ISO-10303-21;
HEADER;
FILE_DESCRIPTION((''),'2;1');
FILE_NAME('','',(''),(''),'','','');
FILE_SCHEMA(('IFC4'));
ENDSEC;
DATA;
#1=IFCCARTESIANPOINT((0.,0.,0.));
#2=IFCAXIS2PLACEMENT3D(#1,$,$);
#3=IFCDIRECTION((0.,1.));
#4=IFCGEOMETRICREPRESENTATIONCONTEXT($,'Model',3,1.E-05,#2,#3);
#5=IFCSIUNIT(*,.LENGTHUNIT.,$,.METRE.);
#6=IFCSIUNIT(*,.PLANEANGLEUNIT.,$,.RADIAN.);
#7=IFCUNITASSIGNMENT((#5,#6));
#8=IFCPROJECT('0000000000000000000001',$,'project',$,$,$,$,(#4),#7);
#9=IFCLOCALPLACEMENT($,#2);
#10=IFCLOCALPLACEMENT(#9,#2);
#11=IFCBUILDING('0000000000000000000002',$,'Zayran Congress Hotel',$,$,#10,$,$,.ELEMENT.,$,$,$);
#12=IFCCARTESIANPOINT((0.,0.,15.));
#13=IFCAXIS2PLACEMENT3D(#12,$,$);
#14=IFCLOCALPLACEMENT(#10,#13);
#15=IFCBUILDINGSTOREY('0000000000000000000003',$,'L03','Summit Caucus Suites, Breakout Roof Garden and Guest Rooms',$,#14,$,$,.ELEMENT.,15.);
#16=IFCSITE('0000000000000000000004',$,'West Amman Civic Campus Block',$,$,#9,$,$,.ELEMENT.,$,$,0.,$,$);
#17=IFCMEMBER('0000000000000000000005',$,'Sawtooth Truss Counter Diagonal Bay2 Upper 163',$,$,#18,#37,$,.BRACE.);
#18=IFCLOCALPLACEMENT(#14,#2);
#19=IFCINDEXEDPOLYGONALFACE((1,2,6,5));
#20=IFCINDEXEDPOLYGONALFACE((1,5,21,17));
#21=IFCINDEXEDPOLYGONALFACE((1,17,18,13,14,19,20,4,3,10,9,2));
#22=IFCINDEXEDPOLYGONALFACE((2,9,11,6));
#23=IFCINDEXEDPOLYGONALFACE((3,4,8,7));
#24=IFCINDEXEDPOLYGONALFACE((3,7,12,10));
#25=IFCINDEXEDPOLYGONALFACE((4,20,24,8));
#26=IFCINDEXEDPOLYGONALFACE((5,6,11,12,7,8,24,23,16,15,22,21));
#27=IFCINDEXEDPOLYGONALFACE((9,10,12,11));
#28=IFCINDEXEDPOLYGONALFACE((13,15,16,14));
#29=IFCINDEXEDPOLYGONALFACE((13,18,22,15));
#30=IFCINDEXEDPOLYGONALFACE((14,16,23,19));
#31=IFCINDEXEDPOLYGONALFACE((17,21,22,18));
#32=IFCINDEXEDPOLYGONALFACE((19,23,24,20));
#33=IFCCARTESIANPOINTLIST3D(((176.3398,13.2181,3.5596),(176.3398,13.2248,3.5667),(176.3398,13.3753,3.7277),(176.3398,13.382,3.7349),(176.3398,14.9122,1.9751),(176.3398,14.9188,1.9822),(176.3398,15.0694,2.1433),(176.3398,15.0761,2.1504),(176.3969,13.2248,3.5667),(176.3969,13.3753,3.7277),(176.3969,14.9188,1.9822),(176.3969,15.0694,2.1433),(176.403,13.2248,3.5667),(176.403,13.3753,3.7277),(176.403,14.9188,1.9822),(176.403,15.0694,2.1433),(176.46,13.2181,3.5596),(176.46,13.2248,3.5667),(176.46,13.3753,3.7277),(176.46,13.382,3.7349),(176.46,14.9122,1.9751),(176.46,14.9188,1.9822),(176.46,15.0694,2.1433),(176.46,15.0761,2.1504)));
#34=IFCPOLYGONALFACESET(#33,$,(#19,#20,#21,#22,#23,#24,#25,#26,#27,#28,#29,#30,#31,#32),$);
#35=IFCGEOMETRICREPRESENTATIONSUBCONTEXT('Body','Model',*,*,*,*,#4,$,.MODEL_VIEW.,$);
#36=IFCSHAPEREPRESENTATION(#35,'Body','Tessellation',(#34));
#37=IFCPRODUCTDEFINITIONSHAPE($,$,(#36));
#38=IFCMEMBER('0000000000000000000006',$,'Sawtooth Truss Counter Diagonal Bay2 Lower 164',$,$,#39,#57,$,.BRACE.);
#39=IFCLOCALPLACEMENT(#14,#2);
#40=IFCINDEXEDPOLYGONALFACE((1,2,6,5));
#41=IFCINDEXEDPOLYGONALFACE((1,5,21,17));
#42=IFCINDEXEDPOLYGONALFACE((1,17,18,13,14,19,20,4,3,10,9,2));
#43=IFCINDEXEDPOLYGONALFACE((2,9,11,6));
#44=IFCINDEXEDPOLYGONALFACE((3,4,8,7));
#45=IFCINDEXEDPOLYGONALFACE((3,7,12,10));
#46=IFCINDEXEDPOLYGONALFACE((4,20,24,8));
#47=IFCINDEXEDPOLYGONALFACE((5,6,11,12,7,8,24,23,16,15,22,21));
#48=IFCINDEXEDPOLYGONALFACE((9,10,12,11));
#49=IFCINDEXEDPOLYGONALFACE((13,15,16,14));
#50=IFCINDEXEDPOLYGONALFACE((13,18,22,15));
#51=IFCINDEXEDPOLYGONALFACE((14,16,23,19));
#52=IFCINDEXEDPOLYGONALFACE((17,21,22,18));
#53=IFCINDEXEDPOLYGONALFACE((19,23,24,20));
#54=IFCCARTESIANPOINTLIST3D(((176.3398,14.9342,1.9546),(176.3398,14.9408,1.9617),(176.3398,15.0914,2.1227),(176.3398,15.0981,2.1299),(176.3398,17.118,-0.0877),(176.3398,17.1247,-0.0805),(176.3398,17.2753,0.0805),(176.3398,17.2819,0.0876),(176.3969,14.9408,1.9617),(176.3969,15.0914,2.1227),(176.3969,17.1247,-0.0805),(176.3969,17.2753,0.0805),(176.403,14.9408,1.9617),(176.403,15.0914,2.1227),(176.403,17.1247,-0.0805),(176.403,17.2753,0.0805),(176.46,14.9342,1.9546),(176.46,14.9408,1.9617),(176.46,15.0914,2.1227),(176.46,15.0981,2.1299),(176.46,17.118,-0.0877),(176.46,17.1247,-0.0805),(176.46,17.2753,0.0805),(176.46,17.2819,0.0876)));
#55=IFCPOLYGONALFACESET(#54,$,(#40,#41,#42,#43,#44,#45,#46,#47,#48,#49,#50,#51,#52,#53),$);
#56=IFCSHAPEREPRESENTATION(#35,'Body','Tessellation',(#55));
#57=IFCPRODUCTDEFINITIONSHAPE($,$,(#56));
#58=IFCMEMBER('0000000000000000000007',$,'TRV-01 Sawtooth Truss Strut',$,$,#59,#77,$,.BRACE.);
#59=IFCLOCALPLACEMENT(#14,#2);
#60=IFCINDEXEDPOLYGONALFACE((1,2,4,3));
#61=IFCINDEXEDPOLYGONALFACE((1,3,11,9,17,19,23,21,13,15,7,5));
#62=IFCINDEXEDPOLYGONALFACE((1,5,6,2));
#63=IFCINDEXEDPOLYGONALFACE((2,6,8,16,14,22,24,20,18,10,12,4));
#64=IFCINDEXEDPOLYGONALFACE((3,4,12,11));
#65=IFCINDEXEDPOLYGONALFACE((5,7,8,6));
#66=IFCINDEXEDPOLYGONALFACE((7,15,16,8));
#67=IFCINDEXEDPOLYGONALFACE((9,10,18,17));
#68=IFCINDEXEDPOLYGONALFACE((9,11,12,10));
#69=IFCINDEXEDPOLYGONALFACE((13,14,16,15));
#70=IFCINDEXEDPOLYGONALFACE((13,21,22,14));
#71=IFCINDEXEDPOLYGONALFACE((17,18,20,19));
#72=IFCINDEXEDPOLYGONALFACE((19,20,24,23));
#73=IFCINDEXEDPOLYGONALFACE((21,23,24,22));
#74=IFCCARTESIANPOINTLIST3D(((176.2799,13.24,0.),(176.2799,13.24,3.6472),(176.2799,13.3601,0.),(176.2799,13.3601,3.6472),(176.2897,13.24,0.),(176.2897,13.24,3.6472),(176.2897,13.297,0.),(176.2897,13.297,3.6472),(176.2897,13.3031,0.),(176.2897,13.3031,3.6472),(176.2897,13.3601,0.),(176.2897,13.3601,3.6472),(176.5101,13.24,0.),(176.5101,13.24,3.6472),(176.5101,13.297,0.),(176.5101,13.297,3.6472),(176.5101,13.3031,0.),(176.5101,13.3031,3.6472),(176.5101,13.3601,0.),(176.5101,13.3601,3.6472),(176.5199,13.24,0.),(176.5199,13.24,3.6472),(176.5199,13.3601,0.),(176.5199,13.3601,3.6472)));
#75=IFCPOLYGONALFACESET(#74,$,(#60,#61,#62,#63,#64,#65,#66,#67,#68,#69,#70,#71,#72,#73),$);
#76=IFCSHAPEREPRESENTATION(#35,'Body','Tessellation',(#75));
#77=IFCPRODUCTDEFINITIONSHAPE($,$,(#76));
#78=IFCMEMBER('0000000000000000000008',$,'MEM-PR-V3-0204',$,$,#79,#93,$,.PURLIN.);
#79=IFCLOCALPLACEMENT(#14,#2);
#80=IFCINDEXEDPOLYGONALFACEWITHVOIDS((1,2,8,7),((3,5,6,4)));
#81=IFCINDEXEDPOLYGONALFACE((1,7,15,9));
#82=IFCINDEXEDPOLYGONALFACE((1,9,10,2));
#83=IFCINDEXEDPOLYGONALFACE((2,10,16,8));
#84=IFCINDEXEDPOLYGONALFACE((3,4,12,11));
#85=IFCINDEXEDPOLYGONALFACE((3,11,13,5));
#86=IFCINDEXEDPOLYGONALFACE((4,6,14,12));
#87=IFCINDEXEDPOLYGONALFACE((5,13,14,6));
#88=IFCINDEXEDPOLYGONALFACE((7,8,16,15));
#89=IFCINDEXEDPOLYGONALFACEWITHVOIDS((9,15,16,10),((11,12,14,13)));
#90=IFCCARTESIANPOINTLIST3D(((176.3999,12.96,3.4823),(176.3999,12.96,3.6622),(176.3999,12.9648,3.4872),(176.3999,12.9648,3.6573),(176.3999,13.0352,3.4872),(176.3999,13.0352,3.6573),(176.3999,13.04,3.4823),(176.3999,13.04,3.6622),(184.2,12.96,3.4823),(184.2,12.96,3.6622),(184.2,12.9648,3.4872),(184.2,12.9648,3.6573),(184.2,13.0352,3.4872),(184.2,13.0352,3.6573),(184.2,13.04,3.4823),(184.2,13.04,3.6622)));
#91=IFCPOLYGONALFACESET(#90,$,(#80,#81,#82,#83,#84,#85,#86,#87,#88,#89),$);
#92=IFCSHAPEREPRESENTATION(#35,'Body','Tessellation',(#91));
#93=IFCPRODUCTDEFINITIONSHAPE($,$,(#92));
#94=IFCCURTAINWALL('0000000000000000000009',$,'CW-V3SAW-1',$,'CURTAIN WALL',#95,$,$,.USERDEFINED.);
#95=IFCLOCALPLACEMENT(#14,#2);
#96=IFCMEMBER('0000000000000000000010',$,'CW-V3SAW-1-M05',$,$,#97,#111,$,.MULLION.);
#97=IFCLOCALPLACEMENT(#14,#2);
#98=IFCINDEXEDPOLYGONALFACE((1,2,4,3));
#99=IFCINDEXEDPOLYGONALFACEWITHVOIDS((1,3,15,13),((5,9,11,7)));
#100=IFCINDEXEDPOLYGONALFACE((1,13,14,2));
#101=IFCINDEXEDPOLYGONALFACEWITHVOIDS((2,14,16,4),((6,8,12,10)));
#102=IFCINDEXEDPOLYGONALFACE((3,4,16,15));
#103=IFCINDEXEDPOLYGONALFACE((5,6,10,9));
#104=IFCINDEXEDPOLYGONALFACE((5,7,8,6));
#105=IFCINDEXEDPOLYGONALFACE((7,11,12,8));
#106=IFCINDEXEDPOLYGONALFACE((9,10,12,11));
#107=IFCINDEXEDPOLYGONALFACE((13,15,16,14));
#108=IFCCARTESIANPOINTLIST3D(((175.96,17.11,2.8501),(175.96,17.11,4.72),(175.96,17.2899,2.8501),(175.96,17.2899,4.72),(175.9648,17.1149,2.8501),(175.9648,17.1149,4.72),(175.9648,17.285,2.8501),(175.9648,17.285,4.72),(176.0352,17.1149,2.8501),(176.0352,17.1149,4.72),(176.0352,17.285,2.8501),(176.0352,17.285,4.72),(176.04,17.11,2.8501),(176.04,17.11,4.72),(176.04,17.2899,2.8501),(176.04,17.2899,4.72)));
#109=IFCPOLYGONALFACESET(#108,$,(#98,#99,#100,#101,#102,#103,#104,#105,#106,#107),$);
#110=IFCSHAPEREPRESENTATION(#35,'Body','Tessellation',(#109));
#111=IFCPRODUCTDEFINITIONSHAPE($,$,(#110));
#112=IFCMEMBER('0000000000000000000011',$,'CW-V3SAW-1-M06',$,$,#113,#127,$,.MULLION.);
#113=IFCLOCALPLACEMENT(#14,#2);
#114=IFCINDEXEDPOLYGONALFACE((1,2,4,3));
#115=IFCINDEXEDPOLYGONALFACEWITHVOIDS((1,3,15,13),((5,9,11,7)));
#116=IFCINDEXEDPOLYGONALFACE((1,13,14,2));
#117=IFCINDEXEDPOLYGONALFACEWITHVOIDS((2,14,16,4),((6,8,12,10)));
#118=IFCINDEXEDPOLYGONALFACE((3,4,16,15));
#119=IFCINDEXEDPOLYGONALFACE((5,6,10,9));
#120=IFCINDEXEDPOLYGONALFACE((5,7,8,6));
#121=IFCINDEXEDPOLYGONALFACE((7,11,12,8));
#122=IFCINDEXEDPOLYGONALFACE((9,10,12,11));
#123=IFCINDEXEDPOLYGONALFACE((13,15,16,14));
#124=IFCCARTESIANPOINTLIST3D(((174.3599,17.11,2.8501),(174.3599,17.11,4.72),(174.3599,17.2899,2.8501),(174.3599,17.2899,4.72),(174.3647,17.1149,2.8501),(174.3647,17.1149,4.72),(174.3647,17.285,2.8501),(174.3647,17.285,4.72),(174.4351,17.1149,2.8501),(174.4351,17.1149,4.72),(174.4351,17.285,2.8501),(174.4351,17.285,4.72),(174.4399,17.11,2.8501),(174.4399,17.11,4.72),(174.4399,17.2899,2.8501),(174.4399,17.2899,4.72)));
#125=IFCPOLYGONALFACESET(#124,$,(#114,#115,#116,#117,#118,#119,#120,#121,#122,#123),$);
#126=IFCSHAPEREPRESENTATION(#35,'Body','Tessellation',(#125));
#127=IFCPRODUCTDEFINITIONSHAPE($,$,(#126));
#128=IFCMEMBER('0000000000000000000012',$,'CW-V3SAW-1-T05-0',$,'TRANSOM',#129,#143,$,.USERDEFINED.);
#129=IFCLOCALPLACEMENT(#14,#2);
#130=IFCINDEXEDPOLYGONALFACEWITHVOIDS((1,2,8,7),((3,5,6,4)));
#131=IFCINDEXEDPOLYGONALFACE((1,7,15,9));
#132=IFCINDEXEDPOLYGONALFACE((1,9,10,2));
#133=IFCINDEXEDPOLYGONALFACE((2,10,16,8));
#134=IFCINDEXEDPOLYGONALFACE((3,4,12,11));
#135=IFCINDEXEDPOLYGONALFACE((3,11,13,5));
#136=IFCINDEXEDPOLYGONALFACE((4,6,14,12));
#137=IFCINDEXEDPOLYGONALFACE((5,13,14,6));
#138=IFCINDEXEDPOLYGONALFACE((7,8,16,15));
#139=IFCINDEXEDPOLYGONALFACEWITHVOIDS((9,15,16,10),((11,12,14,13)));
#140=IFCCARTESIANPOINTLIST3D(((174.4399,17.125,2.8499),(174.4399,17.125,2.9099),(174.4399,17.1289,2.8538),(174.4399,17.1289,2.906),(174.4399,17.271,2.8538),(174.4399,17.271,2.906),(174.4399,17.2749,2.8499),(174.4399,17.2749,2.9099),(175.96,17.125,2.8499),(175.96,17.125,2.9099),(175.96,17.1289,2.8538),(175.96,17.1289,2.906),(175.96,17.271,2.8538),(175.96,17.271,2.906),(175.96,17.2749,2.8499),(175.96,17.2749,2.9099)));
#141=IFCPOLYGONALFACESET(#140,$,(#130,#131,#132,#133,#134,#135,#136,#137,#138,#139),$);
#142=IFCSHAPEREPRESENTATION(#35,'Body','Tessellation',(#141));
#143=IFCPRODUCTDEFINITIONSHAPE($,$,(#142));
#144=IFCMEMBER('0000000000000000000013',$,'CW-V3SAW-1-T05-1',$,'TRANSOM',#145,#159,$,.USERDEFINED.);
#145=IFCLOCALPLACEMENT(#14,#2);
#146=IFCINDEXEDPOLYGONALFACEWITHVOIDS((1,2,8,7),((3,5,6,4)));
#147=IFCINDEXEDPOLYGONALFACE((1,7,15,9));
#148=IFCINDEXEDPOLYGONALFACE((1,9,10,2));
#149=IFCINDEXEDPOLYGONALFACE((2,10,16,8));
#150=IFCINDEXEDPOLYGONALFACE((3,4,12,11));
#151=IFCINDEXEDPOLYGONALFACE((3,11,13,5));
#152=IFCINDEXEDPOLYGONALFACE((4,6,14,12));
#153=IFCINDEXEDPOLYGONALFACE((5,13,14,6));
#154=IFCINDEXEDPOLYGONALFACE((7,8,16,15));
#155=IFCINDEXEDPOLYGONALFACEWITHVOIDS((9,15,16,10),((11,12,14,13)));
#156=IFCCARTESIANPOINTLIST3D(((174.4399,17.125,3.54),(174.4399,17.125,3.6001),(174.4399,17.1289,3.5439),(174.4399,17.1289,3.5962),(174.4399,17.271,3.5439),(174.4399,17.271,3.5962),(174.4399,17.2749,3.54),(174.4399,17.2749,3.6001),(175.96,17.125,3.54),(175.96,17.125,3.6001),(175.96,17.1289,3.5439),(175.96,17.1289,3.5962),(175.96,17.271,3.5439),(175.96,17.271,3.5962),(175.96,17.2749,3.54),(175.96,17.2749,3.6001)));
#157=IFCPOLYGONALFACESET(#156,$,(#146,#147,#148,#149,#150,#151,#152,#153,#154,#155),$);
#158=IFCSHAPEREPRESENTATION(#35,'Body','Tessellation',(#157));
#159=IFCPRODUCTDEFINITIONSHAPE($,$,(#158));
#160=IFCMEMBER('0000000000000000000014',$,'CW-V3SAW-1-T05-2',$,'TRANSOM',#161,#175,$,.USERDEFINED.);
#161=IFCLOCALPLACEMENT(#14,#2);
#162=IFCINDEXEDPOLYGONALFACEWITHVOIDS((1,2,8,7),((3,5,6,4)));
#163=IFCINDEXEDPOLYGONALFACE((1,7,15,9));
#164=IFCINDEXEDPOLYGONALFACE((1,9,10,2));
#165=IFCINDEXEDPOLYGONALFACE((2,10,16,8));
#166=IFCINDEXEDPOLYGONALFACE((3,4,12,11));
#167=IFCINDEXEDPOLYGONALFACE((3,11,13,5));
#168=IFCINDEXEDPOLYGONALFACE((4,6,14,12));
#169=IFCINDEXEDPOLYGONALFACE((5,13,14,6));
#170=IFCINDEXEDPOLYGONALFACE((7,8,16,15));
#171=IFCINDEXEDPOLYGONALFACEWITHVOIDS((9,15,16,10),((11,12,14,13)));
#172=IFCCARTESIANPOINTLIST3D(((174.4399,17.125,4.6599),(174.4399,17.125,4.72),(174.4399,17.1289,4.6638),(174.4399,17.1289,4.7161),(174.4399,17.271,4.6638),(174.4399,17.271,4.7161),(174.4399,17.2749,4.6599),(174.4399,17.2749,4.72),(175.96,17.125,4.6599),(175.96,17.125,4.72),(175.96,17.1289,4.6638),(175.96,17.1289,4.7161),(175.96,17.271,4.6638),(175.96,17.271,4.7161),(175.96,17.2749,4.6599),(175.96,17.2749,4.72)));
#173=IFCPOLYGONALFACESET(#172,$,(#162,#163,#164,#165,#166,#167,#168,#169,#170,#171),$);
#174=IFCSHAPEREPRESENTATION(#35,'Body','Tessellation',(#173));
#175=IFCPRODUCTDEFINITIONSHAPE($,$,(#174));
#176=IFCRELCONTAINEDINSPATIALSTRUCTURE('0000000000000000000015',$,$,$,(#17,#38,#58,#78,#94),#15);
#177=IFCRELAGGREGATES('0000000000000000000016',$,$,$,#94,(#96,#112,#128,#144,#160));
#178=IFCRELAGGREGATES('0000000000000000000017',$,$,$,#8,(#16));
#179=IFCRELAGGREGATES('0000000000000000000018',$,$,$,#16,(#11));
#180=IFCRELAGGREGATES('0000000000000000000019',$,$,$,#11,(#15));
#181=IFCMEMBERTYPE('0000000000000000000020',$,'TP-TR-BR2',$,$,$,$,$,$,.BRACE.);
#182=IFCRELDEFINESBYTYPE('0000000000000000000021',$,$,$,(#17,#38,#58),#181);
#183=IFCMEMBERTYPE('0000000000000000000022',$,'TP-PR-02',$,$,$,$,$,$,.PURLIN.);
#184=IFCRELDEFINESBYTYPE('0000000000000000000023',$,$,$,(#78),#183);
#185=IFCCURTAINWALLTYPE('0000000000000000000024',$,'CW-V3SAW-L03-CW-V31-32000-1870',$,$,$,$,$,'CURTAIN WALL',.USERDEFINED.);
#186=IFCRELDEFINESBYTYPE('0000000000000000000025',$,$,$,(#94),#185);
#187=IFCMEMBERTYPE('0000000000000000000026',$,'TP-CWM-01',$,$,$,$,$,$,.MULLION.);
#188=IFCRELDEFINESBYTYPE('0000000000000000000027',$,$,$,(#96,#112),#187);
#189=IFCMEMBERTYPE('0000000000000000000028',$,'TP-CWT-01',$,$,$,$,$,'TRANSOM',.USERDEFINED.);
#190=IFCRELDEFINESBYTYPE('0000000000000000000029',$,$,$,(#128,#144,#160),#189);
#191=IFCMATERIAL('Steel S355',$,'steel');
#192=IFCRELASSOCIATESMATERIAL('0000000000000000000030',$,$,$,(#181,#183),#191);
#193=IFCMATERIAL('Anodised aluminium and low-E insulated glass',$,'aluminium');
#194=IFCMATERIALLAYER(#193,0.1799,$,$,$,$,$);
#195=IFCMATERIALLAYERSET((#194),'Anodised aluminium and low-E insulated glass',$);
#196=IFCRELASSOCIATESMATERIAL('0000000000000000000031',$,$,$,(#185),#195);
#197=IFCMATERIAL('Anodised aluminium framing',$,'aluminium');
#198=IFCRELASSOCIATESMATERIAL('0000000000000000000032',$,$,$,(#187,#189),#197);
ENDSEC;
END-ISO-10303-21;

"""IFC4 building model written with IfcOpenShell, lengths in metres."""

from ifc_helpers import new_model, si_unit, direction, frame, origin, origin_2d, place, context, subcontext, project, spatial, hollow_rectangle, i_section, extrude, material, layer, layer_set, material_profile, profile_set, type_object, element, aggregate, save


model = new_model("IFC4")

# Units and contexts
model_context = context("Model", 3, precision=1e-05, world=origin(), true_north=direction((0.0, 1.0)))
body_context = subcontext(model_context, "Body", "Model", "MODEL_VIEW")
ifc_project = project(units=[si_unit("LENGTHUNIT", "METRE"), si_unit("PLANEANGLEUNIT", "RADIAN")], contexts=[model_context])

# Site, building, storey
site_placement = place(None, origin())
site = spatial("IfcSite", under=ifc_project, at=site_placement, Name="West Amman Civic Campus Block", CompositionType="ELEMENT", RefElevation=0.0)
building_placement = place(site_placement, origin())
building = spatial("IfcBuilding", under=site, at=building_placement, Name="Zayran Congress Hotel", CompositionType="ELEMENT")
storey_placement = place(building_placement, frame((0.0, 0.0, 15.0)))
storey = spatial("IfcBuildingStorey", under=building, at=storey_placement, Name="L03", Description="Summit Caucus Suites, Breakout Roof Garden and Guest Rooms", CompositionType="ELEMENT", Elevation=15.0)

# Shared definitions
ifc_material_1 = material(Name="Steel S355", Category="steel")

# Members
ifc_material_profile_1 = material_profile(ifc_material_1, i_section(OverallWidth=0.1201, OverallDepth=0.24, WebThickness=0.0061, FlangeThickness=0.0098, at=origin_2d()), Name="IPE 240")
ifc_profile_set_1 = profile_set([ifc_material_profile_1], Name="Steel S355")
member_type_1 = type_object("IfcMemberType", Name="TP-TR-BR2", PredefinedType="BRACE", material=ifc_profile_set_1)
member_1_placement = place(storey_placement, frame((176.3999, 13.3, 3.6472), z_axis=(0.0, 0.730341, -0.683083), x_axis=(-1.0, 0.0, 0.0)))
element("IfcMember", 1, at=member_1_placement, inside=storey, type_object=member_type_1, Name="Sawtooth Truss Counter Diagonal Bay2 Upper 163", PredefinedType="BRACE", context=body_context, shape_type="SweptSolid", body=[
    extrude(i_section(OverallWidth=0.1201, OverallDepth=0.24, WebThickness=0.0061, FlangeThickness=0.0098, at=origin_2d()), origin(), (0.0, 0.0, 1.0), 2.3196),
])
member_2_placement = place(storey_placement, frame((176.3999, 15.0161, 2.0422), z_axis=(0.0, 0.73039, -0.683031), x_axis=(-1.0, 0.0, 0.0)))
element("IfcMember", 2, at=member_2_placement, inside=storey, type_object=member_type_1, Name="Sawtooth Truss Counter Diagonal Bay2 Lower 164", PredefinedType="BRACE", context=body_context, shape_type="SweptSolid", body=[
    extrude(i_section(OverallWidth=0.1201, OverallDepth=0.24, WebThickness=0.0061, FlangeThickness=0.0098, at=origin_2d()), origin(), (0.0, 0.0, 1.0), 2.99),
])
member_3_placement = place(storey_placement, frame((176.3999, 13.3, 0.0), z_axis=(0.0, 0.0, 1.0), x_axis=(0.0, 1.0, 0.0)))
element("IfcMember", 3, at=member_3_placement, inside=storey, type_object=member_type_1, Name="TRV-01 Sawtooth Truss Strut", PredefinedType="BRACE", context=body_context, shape_type="SweptSolid", body=[
    extrude(i_section(OverallWidth=0.1201, OverallDepth=0.24, WebThickness=0.0061, FlangeThickness=0.0098, at=origin_2d()), origin(), (0.0, 0.0, 1.0), 3.6472),
])
ifc_material_profile_2 = material_profile(ifc_material_1, hollow_rectangle(XDim=0.0801, YDim=0.1799, WallThickness=0.0049, at=origin_2d()), Name="RHS 180x80x5")
ifc_profile_set_2 = profile_set([ifc_material_profile_2], Name="Steel S355")
member_type_2 = type_object("IfcMemberType", Name="TP-PR-02", PredefinedType="PURLIN", material=ifc_profile_set_2)
member_4_placement = place(storey_placement, frame((176.3999, 13.0, 3.5723), z_axis=(1.0, 0.0, 0.0), x_axis=(0.0, 1.0, 0.0)))
element("IfcMember", 4, at=member_4_placement, inside=storey, type_object=member_type_2, Name="MEM-PR-V3-0204", PredefinedType="PURLIN", context=body_context, shape_type="SweptSolid", body=[
    extrude(hollow_rectangle(XDim=0.0801, YDim=0.1799, WallThickness=0.0049, at=origin_2d()), origin(), (0.0, 0.0, 1.0), 7.8),
])

# Curtain wall, members
ifc_material_2 = material(Name="Anodised aluminium and low-E insulated glass", Category="aluminium")
ifc_layer_1 = layer(ifc_material_2, 0.1799)
ifc_layer_set_1 = layer_set([ifc_layer_1], Name="Anodised aluminium and low-E insulated glass")
curtain_wall_type = type_object("IfcCurtainWallType", Name="CW-V3SAW-L03-CW-V31-32000-1870", ElementType="CURTAIN WALL", PredefinedType="USERDEFINED", material=ifc_layer_set_1)
curtain_wall_placement = place(storey_placement, origin())
curtain_wall = element("IfcCurtainWall", 5, at=curtain_wall_placement, inside=storey, type_object=curtain_wall_type, Name="CW-V3SAW-1", ObjectType="CURTAIN WALL", PredefinedType="USERDEFINED")
ifc_material_3 = material(Name="Anodised aluminium framing", Category="aluminium")
ifc_material_profile_3 = material_profile(ifc_material_3, hollow_rectangle(XDim=0.0801, YDim=0.1799, WallThickness=0.0049, at=origin_2d()), Name="RHS 180x80x5")
ifc_profile_set_3 = profile_set([ifc_material_profile_3], Name="Anodised aluminium framing")
member_type_3 = type_object("IfcMemberType", Name="TP-CWM-01", PredefinedType="MULLION", material=ifc_profile_set_3)
member_5_placement = place(storey_placement, frame((176.0, 17.2, 2.8501), z_axis=(0.0, 0.0, 1.0), x_axis=(1.0, 0.0, 0.0)))
member_5 = element("IfcMember", 6, at=member_5_placement, type_object=member_type_3, Name="CW-V3SAW-1-M05", PredefinedType="MULLION", context=body_context, shape_type="SweptSolid", body=[
    extrude(hollow_rectangle(XDim=0.0801, YDim=0.1799, WallThickness=0.0049, at=origin_2d()), origin(), (0.0, 0.0, 1.0), 1.8699),
])
member_6_placement = place(storey_placement, frame((174.3999, 17.2, 2.8501), z_axis=(0.0, 0.0, 1.0), x_axis=(1.0, 0.0, 0.0)))
member_6 = element("IfcMember", 7, at=member_6_placement, type_object=member_type_3, Name="CW-V3SAW-1-M06", PredefinedType="MULLION", context=body_context, shape_type="SweptSolid", body=[
    extrude(hollow_rectangle(XDim=0.0801, YDim=0.1799, WallThickness=0.0049, at=origin_2d()), origin(), (0.0, 0.0, 1.0), 1.8699),
])
ifc_material_profile_4 = material_profile(ifc_material_3, hollow_rectangle(XDim=0.0601, YDim=0.1499, WallThickness=0.0039, at=origin_2d()), Name="RHS 150x60x4")
ifc_profile_set_4 = profile_set([ifc_material_profile_4], Name="Anodised aluminium framing")
member_type_4 = type_object("IfcMemberType", Name="TP-CWT-01", ElementType="TRANSOM", PredefinedType="USERDEFINED", material=ifc_profile_set_4)
member_7_placement = place(storey_placement, frame((175.96, 17.2, 2.8799), z_axis=(-1.0, 0.0, 0.0), x_axis=(0.0, 0.0, 1.0)))
member_7 = element("IfcMember", 8, at=member_7_placement, type_object=member_type_4, Name="CW-V3SAW-1-T05-0", ObjectType="TRANSOM", PredefinedType="USERDEFINED", context=body_context, shape_type="SweptSolid", body=[
    extrude(hollow_rectangle(XDim=0.0601, YDim=0.1499, WallThickness=0.0039, at=origin_2d()), origin(), (0.0, 0.0, 1.0), 1.52),
])
member_8_placement = place(storey_placement, frame((175.96, 17.2, 3.5701), z_axis=(-1.0, 0.0, 0.0), x_axis=(0.0, 0.0, 1.0)))
member_8 = element("IfcMember", 9, at=member_8_placement, type_object=member_type_4, Name="CW-V3SAW-1-T05-1", ObjectType="TRANSOM", PredefinedType="USERDEFINED", context=body_context, shape_type="SweptSolid", body=[
    extrude(hollow_rectangle(XDim=0.0601, YDim=0.1499, WallThickness=0.0039, at=origin_2d()), origin(), (0.0, 0.0, 1.0), 1.52),
])
member_9_placement = place(storey_placement, frame((175.96, 17.2, 4.6899), z_axis=(-1.0, 0.0, 0.0), x_axis=(0.0, 0.0, 1.0)))
member_9 = element("IfcMember", 10, at=member_9_placement, type_object=member_type_4, Name="CW-V3SAW-1-T05-2", ObjectType="TRANSOM", PredefinedType="USERDEFINED", context=body_context, shape_type="SweptSolid", body=[
    extrude(hollow_rectangle(XDim=0.0601, YDim=0.1499, WallThickness=0.0039, at=origin_2d()), origin(), (0.0, 0.0, 1.0), 1.52),
])

aggregate(curtain_wall, [member_5, member_6, member_7, member_8, member_9])

save(model, "model.ifc")
